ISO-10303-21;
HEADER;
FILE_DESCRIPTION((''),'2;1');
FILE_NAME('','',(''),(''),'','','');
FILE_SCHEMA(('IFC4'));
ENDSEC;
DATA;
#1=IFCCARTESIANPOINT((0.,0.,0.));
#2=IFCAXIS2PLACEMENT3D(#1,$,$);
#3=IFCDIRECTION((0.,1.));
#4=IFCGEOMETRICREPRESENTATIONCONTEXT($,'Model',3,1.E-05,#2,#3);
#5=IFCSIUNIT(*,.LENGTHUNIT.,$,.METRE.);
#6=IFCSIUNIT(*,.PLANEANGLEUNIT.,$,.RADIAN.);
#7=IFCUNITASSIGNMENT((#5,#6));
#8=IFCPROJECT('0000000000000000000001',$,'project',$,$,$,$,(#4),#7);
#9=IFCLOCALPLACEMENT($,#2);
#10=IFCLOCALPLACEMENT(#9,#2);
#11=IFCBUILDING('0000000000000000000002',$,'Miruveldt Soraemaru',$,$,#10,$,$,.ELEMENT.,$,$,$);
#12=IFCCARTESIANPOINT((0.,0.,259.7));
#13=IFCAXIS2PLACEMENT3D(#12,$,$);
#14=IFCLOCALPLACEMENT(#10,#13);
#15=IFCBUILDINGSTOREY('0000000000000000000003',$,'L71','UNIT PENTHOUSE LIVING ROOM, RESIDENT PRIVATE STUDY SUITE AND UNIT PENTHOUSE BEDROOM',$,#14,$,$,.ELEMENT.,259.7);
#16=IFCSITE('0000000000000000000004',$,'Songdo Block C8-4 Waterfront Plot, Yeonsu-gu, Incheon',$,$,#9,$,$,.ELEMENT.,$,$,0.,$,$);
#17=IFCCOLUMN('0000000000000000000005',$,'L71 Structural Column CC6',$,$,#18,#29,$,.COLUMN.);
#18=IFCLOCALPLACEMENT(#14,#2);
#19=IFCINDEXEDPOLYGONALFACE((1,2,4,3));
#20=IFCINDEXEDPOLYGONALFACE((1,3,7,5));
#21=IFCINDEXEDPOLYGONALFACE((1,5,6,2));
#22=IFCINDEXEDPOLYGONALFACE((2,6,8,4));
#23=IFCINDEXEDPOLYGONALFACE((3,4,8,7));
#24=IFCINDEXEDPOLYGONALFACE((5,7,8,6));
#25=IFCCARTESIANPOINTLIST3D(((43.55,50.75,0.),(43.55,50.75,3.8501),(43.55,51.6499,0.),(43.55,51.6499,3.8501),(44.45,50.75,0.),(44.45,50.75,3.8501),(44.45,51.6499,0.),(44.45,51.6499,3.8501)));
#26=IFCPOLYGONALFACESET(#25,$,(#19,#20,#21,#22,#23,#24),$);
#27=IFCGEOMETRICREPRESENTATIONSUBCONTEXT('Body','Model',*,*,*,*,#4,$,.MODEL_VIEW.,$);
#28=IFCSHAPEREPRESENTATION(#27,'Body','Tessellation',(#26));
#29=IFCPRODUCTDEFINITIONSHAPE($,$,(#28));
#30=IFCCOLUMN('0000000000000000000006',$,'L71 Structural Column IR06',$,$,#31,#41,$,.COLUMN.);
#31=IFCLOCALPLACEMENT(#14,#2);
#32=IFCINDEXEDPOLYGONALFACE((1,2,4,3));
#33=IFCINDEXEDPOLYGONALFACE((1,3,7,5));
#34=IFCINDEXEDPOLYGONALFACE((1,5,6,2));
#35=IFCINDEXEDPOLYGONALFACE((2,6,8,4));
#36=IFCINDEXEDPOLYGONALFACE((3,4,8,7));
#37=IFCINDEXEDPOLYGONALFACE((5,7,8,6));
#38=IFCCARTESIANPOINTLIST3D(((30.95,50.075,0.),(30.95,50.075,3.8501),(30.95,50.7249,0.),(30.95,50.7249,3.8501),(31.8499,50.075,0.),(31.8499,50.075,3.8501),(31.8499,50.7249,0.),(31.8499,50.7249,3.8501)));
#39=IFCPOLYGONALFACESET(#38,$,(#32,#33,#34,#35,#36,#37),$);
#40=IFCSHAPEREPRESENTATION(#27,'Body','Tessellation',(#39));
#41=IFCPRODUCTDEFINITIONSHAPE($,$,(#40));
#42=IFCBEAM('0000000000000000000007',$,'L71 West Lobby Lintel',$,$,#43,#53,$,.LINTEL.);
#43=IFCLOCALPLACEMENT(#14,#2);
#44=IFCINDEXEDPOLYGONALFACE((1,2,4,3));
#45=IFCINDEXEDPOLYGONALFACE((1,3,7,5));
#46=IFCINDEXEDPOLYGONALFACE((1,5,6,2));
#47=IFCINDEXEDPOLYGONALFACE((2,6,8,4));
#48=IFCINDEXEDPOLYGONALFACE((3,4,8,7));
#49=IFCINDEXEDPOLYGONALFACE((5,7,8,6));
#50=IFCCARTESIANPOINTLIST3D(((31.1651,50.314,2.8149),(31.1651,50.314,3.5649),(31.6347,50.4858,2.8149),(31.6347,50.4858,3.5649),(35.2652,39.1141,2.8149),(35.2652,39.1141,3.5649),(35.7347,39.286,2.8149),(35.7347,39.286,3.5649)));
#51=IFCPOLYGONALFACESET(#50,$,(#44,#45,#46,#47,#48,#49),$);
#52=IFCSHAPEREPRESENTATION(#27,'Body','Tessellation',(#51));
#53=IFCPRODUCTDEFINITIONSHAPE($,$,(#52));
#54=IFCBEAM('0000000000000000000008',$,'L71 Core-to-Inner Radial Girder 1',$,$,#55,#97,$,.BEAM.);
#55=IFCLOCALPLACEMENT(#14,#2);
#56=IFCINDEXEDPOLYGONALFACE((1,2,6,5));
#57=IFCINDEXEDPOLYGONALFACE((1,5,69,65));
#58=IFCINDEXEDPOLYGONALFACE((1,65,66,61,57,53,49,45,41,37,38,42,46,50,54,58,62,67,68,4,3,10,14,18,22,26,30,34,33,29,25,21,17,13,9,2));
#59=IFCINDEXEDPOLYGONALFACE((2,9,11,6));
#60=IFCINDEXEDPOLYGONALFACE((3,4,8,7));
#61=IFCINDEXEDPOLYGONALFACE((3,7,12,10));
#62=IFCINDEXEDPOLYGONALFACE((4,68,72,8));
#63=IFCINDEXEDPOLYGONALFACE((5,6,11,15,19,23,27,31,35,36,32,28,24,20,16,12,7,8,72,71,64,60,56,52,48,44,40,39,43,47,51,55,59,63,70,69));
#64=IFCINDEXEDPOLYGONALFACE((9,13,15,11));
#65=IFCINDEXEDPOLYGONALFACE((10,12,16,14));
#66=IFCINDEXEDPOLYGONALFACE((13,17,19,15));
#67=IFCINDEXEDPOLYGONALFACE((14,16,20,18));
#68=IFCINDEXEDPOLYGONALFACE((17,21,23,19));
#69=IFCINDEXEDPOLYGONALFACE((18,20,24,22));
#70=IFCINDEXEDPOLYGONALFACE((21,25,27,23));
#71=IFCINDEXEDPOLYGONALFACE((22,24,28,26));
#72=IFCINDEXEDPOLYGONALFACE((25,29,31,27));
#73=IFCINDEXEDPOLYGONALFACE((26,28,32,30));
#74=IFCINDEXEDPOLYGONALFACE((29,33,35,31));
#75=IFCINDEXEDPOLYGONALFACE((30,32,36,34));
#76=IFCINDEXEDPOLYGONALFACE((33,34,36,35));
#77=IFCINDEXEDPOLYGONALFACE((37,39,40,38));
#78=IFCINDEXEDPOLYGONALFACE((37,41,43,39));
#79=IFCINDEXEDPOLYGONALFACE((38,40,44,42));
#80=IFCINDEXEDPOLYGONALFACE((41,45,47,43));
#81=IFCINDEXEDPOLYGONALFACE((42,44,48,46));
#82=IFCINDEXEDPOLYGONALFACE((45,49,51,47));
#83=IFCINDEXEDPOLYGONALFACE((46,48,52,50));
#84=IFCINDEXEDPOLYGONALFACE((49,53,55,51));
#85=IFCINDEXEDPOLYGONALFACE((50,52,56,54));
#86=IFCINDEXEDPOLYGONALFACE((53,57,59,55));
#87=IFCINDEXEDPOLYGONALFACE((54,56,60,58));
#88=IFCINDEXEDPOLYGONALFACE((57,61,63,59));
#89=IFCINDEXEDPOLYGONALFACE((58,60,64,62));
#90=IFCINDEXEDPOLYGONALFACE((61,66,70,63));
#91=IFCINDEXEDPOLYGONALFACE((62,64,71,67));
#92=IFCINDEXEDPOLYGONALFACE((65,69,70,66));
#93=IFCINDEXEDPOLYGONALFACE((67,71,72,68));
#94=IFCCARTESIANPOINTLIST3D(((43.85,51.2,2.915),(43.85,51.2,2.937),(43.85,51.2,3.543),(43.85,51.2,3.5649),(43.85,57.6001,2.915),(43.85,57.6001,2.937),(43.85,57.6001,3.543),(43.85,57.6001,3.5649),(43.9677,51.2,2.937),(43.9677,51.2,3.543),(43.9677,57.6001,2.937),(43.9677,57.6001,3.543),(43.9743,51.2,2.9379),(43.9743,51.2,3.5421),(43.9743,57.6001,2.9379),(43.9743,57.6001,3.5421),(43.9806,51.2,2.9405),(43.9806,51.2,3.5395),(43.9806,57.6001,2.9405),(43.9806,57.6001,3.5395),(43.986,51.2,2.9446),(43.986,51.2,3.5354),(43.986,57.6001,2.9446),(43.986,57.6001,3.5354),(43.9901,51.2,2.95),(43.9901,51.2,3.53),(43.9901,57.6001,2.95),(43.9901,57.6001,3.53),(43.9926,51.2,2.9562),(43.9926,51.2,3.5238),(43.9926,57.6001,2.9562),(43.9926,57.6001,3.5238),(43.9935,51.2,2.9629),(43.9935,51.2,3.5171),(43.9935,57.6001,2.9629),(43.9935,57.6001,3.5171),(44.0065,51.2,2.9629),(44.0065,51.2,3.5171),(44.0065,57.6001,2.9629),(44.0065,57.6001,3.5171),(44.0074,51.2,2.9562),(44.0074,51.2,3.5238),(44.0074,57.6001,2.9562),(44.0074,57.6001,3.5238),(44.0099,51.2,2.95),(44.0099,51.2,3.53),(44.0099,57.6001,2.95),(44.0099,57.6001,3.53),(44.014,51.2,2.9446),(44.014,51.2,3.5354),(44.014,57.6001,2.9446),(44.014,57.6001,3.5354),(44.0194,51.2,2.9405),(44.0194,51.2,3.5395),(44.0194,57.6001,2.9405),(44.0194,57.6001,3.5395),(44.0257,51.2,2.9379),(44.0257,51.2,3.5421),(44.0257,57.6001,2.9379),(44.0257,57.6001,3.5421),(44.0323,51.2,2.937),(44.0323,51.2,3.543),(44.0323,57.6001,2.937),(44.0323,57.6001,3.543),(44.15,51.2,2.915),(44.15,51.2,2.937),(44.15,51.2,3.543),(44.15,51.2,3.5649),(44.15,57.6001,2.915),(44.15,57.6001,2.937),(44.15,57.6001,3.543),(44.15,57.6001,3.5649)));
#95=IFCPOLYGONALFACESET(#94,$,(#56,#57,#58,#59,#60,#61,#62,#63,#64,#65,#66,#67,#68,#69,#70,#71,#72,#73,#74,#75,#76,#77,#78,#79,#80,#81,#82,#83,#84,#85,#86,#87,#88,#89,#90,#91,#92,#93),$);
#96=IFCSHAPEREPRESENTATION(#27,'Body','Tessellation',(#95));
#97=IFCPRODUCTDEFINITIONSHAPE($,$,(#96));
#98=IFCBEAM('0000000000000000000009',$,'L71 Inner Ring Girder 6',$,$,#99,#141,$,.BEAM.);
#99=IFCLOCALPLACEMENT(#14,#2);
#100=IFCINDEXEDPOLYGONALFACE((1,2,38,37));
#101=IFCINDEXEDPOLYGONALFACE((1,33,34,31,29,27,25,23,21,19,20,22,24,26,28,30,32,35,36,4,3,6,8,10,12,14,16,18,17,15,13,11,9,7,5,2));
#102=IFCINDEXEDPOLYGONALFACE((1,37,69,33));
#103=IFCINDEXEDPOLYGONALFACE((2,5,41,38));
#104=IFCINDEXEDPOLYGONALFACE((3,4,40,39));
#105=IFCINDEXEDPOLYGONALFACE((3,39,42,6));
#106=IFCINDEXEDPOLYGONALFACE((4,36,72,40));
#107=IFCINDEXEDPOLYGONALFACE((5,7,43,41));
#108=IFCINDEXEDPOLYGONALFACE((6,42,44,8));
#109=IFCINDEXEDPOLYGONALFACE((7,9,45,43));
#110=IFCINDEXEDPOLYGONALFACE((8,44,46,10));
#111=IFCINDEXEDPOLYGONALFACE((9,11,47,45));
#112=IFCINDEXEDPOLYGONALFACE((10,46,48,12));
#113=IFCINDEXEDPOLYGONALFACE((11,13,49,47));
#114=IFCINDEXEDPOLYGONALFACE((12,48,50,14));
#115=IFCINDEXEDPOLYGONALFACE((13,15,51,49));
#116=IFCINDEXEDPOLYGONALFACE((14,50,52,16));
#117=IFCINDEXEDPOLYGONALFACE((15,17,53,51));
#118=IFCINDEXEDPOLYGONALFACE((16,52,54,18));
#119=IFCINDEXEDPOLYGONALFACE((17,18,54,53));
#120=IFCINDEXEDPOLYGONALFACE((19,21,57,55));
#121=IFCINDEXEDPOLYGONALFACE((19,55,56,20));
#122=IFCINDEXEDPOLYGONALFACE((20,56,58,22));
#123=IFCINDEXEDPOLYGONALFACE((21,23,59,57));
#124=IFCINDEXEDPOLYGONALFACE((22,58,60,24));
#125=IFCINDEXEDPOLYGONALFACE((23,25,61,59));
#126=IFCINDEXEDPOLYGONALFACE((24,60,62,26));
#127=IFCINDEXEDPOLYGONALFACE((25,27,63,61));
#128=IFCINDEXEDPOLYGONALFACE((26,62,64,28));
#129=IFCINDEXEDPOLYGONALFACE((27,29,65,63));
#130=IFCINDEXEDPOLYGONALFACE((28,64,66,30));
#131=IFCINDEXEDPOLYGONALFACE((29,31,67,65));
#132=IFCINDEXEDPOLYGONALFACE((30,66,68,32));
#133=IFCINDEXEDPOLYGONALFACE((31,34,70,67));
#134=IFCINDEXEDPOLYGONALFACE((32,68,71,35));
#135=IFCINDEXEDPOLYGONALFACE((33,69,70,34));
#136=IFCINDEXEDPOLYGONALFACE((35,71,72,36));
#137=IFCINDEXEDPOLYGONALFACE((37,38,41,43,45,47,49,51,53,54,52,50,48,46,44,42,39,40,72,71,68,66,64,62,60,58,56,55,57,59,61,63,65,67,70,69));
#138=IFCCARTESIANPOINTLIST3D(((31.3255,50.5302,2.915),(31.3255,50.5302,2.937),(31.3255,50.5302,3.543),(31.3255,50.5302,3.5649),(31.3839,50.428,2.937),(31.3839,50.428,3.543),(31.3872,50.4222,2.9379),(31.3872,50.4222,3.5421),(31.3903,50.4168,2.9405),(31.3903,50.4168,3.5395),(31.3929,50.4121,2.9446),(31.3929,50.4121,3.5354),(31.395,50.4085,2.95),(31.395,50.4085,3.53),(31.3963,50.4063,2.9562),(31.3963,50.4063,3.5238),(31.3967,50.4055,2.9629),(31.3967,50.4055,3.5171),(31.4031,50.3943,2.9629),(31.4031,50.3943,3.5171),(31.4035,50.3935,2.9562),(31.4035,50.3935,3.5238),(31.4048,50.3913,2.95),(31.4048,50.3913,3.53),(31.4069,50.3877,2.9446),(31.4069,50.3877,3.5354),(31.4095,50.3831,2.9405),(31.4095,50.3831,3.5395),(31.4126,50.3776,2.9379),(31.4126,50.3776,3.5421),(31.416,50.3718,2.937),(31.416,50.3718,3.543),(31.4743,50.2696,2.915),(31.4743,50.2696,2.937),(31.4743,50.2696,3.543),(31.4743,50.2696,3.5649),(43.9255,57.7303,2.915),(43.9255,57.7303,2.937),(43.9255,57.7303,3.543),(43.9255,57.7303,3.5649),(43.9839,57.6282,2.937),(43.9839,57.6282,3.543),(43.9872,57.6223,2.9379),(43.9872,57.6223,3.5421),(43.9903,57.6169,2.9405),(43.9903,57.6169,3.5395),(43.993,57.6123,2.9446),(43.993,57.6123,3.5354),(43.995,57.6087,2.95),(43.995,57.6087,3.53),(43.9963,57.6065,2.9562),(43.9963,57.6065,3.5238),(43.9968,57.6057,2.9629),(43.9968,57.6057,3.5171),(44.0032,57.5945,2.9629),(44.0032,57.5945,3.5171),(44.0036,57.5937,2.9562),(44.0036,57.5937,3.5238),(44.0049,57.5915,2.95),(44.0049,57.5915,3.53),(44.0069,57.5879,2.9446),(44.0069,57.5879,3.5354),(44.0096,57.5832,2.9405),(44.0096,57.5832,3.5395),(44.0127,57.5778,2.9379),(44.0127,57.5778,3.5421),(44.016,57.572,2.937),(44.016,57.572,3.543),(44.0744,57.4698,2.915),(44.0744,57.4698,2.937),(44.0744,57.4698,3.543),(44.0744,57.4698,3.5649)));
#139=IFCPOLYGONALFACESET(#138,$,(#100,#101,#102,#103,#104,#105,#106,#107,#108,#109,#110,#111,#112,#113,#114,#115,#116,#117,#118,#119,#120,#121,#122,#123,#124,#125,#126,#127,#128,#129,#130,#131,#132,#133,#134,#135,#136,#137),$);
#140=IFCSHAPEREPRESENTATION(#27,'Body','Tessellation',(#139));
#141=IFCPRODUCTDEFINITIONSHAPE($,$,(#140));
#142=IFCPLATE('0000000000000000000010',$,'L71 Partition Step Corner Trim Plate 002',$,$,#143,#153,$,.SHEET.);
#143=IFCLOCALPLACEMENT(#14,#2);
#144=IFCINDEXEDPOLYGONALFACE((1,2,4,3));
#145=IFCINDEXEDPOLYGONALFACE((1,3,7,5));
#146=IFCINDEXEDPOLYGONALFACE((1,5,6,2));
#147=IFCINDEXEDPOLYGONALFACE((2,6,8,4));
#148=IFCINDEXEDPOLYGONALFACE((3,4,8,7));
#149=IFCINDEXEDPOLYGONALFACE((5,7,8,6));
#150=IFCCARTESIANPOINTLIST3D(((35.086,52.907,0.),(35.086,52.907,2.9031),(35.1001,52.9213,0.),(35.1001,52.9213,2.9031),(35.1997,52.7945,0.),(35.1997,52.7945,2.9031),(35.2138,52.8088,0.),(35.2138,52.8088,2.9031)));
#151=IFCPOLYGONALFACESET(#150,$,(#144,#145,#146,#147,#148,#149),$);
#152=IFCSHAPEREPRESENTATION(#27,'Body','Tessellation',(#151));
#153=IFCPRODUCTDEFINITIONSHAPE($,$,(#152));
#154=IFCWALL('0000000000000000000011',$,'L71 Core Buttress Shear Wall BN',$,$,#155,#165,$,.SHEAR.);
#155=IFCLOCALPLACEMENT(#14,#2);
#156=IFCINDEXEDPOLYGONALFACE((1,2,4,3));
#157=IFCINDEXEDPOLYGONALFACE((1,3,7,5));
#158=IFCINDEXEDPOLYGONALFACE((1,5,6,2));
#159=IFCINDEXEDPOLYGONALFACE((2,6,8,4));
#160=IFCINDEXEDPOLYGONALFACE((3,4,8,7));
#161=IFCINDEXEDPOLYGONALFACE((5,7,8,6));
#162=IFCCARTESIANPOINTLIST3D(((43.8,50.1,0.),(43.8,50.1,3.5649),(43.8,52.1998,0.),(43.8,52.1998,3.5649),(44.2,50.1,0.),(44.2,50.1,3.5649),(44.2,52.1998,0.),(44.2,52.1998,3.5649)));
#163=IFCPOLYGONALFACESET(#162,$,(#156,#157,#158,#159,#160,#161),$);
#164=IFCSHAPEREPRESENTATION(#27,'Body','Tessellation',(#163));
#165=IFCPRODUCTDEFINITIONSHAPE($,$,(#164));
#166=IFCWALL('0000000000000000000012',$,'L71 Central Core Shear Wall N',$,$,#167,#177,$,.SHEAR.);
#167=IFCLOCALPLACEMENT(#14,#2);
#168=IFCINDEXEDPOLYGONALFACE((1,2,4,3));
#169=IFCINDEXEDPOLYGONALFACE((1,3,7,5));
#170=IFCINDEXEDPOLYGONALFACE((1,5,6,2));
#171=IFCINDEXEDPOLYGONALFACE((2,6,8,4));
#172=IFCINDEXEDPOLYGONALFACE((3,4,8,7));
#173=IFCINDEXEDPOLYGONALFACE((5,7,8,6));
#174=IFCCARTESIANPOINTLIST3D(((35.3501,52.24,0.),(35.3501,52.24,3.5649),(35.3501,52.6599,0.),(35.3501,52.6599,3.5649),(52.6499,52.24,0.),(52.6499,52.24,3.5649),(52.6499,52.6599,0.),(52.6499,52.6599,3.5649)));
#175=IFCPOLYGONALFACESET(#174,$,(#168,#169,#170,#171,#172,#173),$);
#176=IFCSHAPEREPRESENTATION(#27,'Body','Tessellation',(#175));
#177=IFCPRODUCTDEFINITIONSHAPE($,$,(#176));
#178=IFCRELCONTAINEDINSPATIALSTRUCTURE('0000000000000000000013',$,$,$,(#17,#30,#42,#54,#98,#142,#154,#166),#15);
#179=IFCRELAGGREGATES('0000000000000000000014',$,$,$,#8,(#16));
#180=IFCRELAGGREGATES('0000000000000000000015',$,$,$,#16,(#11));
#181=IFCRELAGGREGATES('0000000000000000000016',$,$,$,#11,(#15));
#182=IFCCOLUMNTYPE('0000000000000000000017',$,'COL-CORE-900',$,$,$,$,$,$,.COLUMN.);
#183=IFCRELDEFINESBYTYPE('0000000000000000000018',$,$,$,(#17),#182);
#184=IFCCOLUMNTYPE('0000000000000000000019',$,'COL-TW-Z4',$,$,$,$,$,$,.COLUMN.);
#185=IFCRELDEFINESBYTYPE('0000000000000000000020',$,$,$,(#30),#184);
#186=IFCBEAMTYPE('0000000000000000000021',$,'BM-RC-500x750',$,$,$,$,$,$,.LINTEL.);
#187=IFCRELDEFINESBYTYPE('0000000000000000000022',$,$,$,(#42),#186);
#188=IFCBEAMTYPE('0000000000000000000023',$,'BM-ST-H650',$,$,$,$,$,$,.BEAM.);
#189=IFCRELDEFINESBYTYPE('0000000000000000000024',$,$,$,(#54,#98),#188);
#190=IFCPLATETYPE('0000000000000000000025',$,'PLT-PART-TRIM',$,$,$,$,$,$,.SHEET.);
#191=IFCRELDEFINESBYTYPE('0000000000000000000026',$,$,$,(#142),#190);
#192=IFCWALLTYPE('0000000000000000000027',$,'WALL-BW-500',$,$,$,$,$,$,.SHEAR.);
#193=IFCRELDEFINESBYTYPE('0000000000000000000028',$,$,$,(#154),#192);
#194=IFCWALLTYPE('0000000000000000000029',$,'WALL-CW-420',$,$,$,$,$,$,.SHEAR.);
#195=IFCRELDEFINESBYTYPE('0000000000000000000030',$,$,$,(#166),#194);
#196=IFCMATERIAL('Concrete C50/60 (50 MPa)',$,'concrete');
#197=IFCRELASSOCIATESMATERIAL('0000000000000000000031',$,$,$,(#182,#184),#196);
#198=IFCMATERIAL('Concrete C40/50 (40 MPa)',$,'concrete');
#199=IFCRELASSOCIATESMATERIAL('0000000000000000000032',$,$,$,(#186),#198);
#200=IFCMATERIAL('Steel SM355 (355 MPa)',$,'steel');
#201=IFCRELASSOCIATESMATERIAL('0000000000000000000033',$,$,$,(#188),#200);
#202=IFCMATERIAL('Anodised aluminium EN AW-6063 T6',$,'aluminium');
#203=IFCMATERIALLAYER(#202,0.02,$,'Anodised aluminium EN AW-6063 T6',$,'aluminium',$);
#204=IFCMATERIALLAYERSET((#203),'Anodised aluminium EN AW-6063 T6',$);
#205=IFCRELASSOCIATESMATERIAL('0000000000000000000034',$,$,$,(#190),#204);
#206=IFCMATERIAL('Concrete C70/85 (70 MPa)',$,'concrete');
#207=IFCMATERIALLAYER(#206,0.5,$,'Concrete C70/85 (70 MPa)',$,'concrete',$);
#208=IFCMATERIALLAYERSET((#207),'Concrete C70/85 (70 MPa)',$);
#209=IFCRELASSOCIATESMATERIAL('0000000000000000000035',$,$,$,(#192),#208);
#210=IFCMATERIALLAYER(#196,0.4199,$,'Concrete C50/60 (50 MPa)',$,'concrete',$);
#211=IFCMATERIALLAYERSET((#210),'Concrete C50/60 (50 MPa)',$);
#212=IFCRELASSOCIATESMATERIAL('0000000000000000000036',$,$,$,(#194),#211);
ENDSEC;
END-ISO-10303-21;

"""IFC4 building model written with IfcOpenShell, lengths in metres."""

from ifc_helpers import new_model, si_unit, direction, frame, frame_2d, origin, origin_2d, place, context, subcontext, project, spatial, rectangle, i_section, extrude, material, layer, layer_set, material_profile, profile_set, type_object, element, save


model = new_model("IFC4")

# Units and contexts
model_context = context("Model", 3, precision=1e-05, world=origin(), true_north=direction((0.0, 1.0)))
body_context = subcontext(model_context, "Body", "Model", "MODEL_VIEW")
ifc_project = project(units=[si_unit("LENGTHUNIT", "METRE"), si_unit("PLANEANGLEUNIT", "RADIAN")], contexts=[model_context])

# Site, building, storey
site_placement = place(None, origin())
site = spatial("IfcSite", under=ifc_project, at=site_placement, Name="Songdo Block C8-4 Waterfront Plot, Yeonsu-gu, Incheon", CompositionType="ELEMENT", RefElevation=0.0)
building_placement = place(site_placement, origin())
building = spatial("IfcBuilding", under=site, at=building_placement, Name="Miruveldt Soraemaru", CompositionType="ELEMENT")
storey_placement = place(building_placement, frame((0.0, 0.0, 259.7)))
storey = spatial("IfcBuildingStorey", under=building, at=storey_placement, Name="L71", Description="UNIT PENTHOUSE LIVING ROOM, RESIDENT PRIVATE STUDY SUITE AND UNIT PENTHOUSE BEDROOM", CompositionType="ELEMENT", Elevation=259.7)

# Columns
ifc_material_1 = material(Name="Concrete C50/60 (50 MPa)", Category="concrete")
ifc_material_profile_1 = material_profile(ifc_material_1, rectangle(XDim=0.8999, YDim=0.8999, at=origin_2d()), Name="Concrete C50/60 (50 MPa)", Category="concrete")
ifc_profile_set_1 = profile_set([ifc_material_profile_1], Name="Concrete C50/60 (50 MPa)")
column_type_1 = type_object("IfcColumnType", Name="COL-CORE-900", PredefinedType="COLUMN", material=ifc_profile_set_1)
column_1_placement = place(storey_placement, frame((44.0, 51.2, 0.0), z_axis=(0.0, 0.0, 1.0), x_axis=(1.0, 0.0, 0.0)))
element("IfcColumn", 1, at=column_1_placement, inside=storey, type_object=column_type_1, Name="L71 Structural Column CC6", PredefinedType="COLUMN", context=body_context, shape_type="SweptSolid", body=[
    extrude(rectangle(XDim=0.8999, YDim=0.8999, at=origin_2d()), origin(), (0.0, 0.0, 1.0), 3.8501),
])
ifc_material_profile_2 = material_profile(ifc_material_1, rectangle(XDim=0.8999, YDim=0.6499, at=origin_2d()), Name="Concrete C50/60 (50 MPa)", Category="concrete")
ifc_profile_set_2 = profile_set([ifc_material_profile_2], Name="Concrete C50/60 (50 MPa)")
column_type_2 = type_object("IfcColumnType", Name="COL-TW-Z4", PredefinedType="COLUMN", material=ifc_profile_set_2)
column_2_placement = place(storey_placement, frame((31.3999, 50.3999, 0.0), z_axis=(0.0, 0.0, 1.0), x_axis=(1.0, 0.0, 0.0)))
element("IfcColumn", 2, at=column_2_placement, inside=storey, type_object=column_type_2, Name="L71 Structural Column IR06", PredefinedType="COLUMN", context=body_context, shape_type="SweptSolid", body=[
    extrude(rectangle(XDim=0.8999, YDim=0.6499, at=origin_2d()), origin(), (0.0, 0.0, 1.0), 3.8501),
])

# Beams
ifc_material_2 = material(Name="Concrete C40/50 (40 MPa)", Category="concrete")
ifc_material_profile_3 = material_profile(ifc_material_2, rectangle(XDim=0.5, YDim=0.75, at=origin_2d()), Name="Concrete C40/50 (40 MPa)", Category="concrete")
ifc_profile_set_3 = profile_set([ifc_material_profile_3], Name="Concrete C40/50 (40 MPa)")
beam_type_1 = type_object("IfcBeamType", Name="BM-RC-500x750", PredefinedType="LINTEL", material=ifc_profile_set_3)
beam_1_placement = place(storey_placement, frame((31.3999, 50.3999, 3.1899), z_axis=(0.34377, -0.939054, 0.0), x_axis=(0.939054, 0.34377, 0.0)))
element("IfcBeam", 3, at=beam_1_placement, inside=storey, type_object=beam_type_1, Name="L71 West Lobby Lintel", PredefinedType="LINTEL", context=body_context, shape_type="SweptSolid", body=[
    extrude(rectangle(XDim=0.5, YDim=0.75, at=origin_2d()), origin(), (0.0, 0.0, 1.0), 11.9268),
])
ifc_material_3 = material(Name="Steel SM355 (355 MPa)", Category="steel")
ifc_material_profile_4 = material_profile(ifc_material_3, i_section(OverallWidth=0.3, OverallDepth=0.6499, WebThickness=0.0129, FlangeThickness=0.022, FilletRadius=0.0259, at=origin_2d()), Name="Steel SM355 (355 MPa)", Category="steel")
ifc_profile_set_4 = profile_set([ifc_material_profile_4], Name="Steel SM355 (355 MPa)")
beam_type_2 = type_object("IfcBeamType", Name="BM-ST-H650", PredefinedType="BEAM", material=ifc_profile_set_4)
beam_2_placement = place(storey_placement, frame((44.0, 51.2, 3.24), z_axis=(0.0, 1.0, 0.0), x_axis=(-1.0, 0.0, 0.0)))
element("IfcBeam", 4, at=beam_2_placement, inside=storey, type_object=beam_type_2, Name="L71 Core-to-Inner Radial Girder 1", PredefinedType="BEAM", context=body_context, shape_type="SweptSolid", body=[
    extrude(i_section(OverallWidth=0.3, OverallDepth=0.6499, WebThickness=0.0129, FlangeThickness=0.022, FilletRadius=0.0259, at=origin_2d()), origin(), (0.0, 0.0, 1.0), 6.4001),
])
beam_3_placement = place(storey_placement, frame((31.3999, 50.3999, 3.24), z_axis=(0.868239, 0.496146, 0.0), x_axis=(-0.496146, 0.868239, 0.0)))
element("IfcBeam", 5, at=beam_3_placement, inside=storey, type_object=beam_type_2, Name="L71 Inner Ring Girder 6", PredefinedType="BEAM", context=body_context, shape_type="SweptSolid", body=[
    extrude(i_section(OverallWidth=0.3, OverallDepth=0.6499, WebThickness=0.0129, FlangeThickness=0.022, FilletRadius=0.0259, at=origin_2d()), origin(), (0.0, 0.0, 1.0), 14.5122),
])

# Plate
ifc_material_4 = material(Name="Anodised aluminium EN AW-6063 T6", Category="aluminium")
ifc_layer_1 = layer(ifc_material_4, 0.02, Name="Anodised aluminium EN AW-6063 T6", Category="aluminium")
ifc_layer_set_1 = layer_set([ifc_layer_1], Name="Anodised aluminium EN AW-6063 T6")
plate_type = type_object("IfcPlateType", Name="PLT-PART-TRIM", PredefinedType="SHEET", material=ifc_layer_set_1)
plate_placement = place(storey_placement, frame((35.1499, 52.8579, 0.0), z_axis=(0.0, 0.0, 1.0), x_axis=(0.710677, -0.703519, 0.0)))
element("IfcPlate", 6, at=plate_placement, inside=storey, type_object=plate_type, Name="L71 Partition Step Corner Trim Plate 002", PredefinedType="SHEET", context=body_context, shape_type="SweptSolid", body=[
    extrude(rectangle(XDim=0.1599, YDim=0.02, at=origin_2d()), origin(), (0.0, 0.0, 1.0), 2.9031),
])

# Walls
ifc_material_5 = material(Name="Concrete C70/85 (70 MPa)", Category="concrete")
ifc_layer_2 = layer(ifc_material_5, 0.5, Name="Concrete C70/85 (70 MPa)", Category="concrete")
ifc_layer_set_2 = layer_set([ifc_layer_2], Name="Concrete C70/85 (70 MPa)")
wall_type_1 = type_object("IfcWallType", Name="WALL-BW-500", PredefinedType="SHEAR", material=ifc_layer_set_2)
wall_1_placement = place(storey_placement, frame((44.0, 50.1001, 0.0), z_axis=(0.0, 0.0, 1.0), x_axis=(0.0, 1.0, 0.0)))
element("IfcWall", 7, at=wall_1_placement, inside=storey, type_object=wall_type_1, Name="L71 Core Buttress Shear Wall BN", PredefinedType="SHEAR", context=body_context, shape_type="SweptSolid", body=[
    extrude(rectangle(XDim=2.0999, YDim=0.3999, at=frame_2d((1.0498, 0.0))), origin(), (0.0, 0.0, 1.0), 3.5649),
])
ifc_layer_3 = layer(ifc_material_1, 0.4199, Name="Concrete C50/60 (50 MPa)", Category="concrete")
ifc_layer_set_3 = layer_set([ifc_layer_3], Name="Concrete C50/60 (50 MPa)")
wall_type_2 = type_object("IfcWallType", Name="WALL-CW-420", PredefinedType="SHEAR", material=ifc_layer_set_3)
wall_2_placement = place(storey_placement, frame((35.3501, 52.45, 0.0), z_axis=(0.0, 0.0, 1.0), x_axis=(1.0, 0.0, 0.0)))
element("IfcWall", 8, at=wall_2_placement, inside=storey, type_object=wall_type_2, Name="L71 Central Core Shear Wall N", PredefinedType="SHEAR", context=body_context, shape_type="SweptSolid", body=[
    extrude(rectangle(XDim=17.2998, YDim=0.4199, at=frame_2d((8.6499, 0.0))), origin(), (0.0, 0.0, 1.0), 3.5649),
])

save(model, "model.ifc")
